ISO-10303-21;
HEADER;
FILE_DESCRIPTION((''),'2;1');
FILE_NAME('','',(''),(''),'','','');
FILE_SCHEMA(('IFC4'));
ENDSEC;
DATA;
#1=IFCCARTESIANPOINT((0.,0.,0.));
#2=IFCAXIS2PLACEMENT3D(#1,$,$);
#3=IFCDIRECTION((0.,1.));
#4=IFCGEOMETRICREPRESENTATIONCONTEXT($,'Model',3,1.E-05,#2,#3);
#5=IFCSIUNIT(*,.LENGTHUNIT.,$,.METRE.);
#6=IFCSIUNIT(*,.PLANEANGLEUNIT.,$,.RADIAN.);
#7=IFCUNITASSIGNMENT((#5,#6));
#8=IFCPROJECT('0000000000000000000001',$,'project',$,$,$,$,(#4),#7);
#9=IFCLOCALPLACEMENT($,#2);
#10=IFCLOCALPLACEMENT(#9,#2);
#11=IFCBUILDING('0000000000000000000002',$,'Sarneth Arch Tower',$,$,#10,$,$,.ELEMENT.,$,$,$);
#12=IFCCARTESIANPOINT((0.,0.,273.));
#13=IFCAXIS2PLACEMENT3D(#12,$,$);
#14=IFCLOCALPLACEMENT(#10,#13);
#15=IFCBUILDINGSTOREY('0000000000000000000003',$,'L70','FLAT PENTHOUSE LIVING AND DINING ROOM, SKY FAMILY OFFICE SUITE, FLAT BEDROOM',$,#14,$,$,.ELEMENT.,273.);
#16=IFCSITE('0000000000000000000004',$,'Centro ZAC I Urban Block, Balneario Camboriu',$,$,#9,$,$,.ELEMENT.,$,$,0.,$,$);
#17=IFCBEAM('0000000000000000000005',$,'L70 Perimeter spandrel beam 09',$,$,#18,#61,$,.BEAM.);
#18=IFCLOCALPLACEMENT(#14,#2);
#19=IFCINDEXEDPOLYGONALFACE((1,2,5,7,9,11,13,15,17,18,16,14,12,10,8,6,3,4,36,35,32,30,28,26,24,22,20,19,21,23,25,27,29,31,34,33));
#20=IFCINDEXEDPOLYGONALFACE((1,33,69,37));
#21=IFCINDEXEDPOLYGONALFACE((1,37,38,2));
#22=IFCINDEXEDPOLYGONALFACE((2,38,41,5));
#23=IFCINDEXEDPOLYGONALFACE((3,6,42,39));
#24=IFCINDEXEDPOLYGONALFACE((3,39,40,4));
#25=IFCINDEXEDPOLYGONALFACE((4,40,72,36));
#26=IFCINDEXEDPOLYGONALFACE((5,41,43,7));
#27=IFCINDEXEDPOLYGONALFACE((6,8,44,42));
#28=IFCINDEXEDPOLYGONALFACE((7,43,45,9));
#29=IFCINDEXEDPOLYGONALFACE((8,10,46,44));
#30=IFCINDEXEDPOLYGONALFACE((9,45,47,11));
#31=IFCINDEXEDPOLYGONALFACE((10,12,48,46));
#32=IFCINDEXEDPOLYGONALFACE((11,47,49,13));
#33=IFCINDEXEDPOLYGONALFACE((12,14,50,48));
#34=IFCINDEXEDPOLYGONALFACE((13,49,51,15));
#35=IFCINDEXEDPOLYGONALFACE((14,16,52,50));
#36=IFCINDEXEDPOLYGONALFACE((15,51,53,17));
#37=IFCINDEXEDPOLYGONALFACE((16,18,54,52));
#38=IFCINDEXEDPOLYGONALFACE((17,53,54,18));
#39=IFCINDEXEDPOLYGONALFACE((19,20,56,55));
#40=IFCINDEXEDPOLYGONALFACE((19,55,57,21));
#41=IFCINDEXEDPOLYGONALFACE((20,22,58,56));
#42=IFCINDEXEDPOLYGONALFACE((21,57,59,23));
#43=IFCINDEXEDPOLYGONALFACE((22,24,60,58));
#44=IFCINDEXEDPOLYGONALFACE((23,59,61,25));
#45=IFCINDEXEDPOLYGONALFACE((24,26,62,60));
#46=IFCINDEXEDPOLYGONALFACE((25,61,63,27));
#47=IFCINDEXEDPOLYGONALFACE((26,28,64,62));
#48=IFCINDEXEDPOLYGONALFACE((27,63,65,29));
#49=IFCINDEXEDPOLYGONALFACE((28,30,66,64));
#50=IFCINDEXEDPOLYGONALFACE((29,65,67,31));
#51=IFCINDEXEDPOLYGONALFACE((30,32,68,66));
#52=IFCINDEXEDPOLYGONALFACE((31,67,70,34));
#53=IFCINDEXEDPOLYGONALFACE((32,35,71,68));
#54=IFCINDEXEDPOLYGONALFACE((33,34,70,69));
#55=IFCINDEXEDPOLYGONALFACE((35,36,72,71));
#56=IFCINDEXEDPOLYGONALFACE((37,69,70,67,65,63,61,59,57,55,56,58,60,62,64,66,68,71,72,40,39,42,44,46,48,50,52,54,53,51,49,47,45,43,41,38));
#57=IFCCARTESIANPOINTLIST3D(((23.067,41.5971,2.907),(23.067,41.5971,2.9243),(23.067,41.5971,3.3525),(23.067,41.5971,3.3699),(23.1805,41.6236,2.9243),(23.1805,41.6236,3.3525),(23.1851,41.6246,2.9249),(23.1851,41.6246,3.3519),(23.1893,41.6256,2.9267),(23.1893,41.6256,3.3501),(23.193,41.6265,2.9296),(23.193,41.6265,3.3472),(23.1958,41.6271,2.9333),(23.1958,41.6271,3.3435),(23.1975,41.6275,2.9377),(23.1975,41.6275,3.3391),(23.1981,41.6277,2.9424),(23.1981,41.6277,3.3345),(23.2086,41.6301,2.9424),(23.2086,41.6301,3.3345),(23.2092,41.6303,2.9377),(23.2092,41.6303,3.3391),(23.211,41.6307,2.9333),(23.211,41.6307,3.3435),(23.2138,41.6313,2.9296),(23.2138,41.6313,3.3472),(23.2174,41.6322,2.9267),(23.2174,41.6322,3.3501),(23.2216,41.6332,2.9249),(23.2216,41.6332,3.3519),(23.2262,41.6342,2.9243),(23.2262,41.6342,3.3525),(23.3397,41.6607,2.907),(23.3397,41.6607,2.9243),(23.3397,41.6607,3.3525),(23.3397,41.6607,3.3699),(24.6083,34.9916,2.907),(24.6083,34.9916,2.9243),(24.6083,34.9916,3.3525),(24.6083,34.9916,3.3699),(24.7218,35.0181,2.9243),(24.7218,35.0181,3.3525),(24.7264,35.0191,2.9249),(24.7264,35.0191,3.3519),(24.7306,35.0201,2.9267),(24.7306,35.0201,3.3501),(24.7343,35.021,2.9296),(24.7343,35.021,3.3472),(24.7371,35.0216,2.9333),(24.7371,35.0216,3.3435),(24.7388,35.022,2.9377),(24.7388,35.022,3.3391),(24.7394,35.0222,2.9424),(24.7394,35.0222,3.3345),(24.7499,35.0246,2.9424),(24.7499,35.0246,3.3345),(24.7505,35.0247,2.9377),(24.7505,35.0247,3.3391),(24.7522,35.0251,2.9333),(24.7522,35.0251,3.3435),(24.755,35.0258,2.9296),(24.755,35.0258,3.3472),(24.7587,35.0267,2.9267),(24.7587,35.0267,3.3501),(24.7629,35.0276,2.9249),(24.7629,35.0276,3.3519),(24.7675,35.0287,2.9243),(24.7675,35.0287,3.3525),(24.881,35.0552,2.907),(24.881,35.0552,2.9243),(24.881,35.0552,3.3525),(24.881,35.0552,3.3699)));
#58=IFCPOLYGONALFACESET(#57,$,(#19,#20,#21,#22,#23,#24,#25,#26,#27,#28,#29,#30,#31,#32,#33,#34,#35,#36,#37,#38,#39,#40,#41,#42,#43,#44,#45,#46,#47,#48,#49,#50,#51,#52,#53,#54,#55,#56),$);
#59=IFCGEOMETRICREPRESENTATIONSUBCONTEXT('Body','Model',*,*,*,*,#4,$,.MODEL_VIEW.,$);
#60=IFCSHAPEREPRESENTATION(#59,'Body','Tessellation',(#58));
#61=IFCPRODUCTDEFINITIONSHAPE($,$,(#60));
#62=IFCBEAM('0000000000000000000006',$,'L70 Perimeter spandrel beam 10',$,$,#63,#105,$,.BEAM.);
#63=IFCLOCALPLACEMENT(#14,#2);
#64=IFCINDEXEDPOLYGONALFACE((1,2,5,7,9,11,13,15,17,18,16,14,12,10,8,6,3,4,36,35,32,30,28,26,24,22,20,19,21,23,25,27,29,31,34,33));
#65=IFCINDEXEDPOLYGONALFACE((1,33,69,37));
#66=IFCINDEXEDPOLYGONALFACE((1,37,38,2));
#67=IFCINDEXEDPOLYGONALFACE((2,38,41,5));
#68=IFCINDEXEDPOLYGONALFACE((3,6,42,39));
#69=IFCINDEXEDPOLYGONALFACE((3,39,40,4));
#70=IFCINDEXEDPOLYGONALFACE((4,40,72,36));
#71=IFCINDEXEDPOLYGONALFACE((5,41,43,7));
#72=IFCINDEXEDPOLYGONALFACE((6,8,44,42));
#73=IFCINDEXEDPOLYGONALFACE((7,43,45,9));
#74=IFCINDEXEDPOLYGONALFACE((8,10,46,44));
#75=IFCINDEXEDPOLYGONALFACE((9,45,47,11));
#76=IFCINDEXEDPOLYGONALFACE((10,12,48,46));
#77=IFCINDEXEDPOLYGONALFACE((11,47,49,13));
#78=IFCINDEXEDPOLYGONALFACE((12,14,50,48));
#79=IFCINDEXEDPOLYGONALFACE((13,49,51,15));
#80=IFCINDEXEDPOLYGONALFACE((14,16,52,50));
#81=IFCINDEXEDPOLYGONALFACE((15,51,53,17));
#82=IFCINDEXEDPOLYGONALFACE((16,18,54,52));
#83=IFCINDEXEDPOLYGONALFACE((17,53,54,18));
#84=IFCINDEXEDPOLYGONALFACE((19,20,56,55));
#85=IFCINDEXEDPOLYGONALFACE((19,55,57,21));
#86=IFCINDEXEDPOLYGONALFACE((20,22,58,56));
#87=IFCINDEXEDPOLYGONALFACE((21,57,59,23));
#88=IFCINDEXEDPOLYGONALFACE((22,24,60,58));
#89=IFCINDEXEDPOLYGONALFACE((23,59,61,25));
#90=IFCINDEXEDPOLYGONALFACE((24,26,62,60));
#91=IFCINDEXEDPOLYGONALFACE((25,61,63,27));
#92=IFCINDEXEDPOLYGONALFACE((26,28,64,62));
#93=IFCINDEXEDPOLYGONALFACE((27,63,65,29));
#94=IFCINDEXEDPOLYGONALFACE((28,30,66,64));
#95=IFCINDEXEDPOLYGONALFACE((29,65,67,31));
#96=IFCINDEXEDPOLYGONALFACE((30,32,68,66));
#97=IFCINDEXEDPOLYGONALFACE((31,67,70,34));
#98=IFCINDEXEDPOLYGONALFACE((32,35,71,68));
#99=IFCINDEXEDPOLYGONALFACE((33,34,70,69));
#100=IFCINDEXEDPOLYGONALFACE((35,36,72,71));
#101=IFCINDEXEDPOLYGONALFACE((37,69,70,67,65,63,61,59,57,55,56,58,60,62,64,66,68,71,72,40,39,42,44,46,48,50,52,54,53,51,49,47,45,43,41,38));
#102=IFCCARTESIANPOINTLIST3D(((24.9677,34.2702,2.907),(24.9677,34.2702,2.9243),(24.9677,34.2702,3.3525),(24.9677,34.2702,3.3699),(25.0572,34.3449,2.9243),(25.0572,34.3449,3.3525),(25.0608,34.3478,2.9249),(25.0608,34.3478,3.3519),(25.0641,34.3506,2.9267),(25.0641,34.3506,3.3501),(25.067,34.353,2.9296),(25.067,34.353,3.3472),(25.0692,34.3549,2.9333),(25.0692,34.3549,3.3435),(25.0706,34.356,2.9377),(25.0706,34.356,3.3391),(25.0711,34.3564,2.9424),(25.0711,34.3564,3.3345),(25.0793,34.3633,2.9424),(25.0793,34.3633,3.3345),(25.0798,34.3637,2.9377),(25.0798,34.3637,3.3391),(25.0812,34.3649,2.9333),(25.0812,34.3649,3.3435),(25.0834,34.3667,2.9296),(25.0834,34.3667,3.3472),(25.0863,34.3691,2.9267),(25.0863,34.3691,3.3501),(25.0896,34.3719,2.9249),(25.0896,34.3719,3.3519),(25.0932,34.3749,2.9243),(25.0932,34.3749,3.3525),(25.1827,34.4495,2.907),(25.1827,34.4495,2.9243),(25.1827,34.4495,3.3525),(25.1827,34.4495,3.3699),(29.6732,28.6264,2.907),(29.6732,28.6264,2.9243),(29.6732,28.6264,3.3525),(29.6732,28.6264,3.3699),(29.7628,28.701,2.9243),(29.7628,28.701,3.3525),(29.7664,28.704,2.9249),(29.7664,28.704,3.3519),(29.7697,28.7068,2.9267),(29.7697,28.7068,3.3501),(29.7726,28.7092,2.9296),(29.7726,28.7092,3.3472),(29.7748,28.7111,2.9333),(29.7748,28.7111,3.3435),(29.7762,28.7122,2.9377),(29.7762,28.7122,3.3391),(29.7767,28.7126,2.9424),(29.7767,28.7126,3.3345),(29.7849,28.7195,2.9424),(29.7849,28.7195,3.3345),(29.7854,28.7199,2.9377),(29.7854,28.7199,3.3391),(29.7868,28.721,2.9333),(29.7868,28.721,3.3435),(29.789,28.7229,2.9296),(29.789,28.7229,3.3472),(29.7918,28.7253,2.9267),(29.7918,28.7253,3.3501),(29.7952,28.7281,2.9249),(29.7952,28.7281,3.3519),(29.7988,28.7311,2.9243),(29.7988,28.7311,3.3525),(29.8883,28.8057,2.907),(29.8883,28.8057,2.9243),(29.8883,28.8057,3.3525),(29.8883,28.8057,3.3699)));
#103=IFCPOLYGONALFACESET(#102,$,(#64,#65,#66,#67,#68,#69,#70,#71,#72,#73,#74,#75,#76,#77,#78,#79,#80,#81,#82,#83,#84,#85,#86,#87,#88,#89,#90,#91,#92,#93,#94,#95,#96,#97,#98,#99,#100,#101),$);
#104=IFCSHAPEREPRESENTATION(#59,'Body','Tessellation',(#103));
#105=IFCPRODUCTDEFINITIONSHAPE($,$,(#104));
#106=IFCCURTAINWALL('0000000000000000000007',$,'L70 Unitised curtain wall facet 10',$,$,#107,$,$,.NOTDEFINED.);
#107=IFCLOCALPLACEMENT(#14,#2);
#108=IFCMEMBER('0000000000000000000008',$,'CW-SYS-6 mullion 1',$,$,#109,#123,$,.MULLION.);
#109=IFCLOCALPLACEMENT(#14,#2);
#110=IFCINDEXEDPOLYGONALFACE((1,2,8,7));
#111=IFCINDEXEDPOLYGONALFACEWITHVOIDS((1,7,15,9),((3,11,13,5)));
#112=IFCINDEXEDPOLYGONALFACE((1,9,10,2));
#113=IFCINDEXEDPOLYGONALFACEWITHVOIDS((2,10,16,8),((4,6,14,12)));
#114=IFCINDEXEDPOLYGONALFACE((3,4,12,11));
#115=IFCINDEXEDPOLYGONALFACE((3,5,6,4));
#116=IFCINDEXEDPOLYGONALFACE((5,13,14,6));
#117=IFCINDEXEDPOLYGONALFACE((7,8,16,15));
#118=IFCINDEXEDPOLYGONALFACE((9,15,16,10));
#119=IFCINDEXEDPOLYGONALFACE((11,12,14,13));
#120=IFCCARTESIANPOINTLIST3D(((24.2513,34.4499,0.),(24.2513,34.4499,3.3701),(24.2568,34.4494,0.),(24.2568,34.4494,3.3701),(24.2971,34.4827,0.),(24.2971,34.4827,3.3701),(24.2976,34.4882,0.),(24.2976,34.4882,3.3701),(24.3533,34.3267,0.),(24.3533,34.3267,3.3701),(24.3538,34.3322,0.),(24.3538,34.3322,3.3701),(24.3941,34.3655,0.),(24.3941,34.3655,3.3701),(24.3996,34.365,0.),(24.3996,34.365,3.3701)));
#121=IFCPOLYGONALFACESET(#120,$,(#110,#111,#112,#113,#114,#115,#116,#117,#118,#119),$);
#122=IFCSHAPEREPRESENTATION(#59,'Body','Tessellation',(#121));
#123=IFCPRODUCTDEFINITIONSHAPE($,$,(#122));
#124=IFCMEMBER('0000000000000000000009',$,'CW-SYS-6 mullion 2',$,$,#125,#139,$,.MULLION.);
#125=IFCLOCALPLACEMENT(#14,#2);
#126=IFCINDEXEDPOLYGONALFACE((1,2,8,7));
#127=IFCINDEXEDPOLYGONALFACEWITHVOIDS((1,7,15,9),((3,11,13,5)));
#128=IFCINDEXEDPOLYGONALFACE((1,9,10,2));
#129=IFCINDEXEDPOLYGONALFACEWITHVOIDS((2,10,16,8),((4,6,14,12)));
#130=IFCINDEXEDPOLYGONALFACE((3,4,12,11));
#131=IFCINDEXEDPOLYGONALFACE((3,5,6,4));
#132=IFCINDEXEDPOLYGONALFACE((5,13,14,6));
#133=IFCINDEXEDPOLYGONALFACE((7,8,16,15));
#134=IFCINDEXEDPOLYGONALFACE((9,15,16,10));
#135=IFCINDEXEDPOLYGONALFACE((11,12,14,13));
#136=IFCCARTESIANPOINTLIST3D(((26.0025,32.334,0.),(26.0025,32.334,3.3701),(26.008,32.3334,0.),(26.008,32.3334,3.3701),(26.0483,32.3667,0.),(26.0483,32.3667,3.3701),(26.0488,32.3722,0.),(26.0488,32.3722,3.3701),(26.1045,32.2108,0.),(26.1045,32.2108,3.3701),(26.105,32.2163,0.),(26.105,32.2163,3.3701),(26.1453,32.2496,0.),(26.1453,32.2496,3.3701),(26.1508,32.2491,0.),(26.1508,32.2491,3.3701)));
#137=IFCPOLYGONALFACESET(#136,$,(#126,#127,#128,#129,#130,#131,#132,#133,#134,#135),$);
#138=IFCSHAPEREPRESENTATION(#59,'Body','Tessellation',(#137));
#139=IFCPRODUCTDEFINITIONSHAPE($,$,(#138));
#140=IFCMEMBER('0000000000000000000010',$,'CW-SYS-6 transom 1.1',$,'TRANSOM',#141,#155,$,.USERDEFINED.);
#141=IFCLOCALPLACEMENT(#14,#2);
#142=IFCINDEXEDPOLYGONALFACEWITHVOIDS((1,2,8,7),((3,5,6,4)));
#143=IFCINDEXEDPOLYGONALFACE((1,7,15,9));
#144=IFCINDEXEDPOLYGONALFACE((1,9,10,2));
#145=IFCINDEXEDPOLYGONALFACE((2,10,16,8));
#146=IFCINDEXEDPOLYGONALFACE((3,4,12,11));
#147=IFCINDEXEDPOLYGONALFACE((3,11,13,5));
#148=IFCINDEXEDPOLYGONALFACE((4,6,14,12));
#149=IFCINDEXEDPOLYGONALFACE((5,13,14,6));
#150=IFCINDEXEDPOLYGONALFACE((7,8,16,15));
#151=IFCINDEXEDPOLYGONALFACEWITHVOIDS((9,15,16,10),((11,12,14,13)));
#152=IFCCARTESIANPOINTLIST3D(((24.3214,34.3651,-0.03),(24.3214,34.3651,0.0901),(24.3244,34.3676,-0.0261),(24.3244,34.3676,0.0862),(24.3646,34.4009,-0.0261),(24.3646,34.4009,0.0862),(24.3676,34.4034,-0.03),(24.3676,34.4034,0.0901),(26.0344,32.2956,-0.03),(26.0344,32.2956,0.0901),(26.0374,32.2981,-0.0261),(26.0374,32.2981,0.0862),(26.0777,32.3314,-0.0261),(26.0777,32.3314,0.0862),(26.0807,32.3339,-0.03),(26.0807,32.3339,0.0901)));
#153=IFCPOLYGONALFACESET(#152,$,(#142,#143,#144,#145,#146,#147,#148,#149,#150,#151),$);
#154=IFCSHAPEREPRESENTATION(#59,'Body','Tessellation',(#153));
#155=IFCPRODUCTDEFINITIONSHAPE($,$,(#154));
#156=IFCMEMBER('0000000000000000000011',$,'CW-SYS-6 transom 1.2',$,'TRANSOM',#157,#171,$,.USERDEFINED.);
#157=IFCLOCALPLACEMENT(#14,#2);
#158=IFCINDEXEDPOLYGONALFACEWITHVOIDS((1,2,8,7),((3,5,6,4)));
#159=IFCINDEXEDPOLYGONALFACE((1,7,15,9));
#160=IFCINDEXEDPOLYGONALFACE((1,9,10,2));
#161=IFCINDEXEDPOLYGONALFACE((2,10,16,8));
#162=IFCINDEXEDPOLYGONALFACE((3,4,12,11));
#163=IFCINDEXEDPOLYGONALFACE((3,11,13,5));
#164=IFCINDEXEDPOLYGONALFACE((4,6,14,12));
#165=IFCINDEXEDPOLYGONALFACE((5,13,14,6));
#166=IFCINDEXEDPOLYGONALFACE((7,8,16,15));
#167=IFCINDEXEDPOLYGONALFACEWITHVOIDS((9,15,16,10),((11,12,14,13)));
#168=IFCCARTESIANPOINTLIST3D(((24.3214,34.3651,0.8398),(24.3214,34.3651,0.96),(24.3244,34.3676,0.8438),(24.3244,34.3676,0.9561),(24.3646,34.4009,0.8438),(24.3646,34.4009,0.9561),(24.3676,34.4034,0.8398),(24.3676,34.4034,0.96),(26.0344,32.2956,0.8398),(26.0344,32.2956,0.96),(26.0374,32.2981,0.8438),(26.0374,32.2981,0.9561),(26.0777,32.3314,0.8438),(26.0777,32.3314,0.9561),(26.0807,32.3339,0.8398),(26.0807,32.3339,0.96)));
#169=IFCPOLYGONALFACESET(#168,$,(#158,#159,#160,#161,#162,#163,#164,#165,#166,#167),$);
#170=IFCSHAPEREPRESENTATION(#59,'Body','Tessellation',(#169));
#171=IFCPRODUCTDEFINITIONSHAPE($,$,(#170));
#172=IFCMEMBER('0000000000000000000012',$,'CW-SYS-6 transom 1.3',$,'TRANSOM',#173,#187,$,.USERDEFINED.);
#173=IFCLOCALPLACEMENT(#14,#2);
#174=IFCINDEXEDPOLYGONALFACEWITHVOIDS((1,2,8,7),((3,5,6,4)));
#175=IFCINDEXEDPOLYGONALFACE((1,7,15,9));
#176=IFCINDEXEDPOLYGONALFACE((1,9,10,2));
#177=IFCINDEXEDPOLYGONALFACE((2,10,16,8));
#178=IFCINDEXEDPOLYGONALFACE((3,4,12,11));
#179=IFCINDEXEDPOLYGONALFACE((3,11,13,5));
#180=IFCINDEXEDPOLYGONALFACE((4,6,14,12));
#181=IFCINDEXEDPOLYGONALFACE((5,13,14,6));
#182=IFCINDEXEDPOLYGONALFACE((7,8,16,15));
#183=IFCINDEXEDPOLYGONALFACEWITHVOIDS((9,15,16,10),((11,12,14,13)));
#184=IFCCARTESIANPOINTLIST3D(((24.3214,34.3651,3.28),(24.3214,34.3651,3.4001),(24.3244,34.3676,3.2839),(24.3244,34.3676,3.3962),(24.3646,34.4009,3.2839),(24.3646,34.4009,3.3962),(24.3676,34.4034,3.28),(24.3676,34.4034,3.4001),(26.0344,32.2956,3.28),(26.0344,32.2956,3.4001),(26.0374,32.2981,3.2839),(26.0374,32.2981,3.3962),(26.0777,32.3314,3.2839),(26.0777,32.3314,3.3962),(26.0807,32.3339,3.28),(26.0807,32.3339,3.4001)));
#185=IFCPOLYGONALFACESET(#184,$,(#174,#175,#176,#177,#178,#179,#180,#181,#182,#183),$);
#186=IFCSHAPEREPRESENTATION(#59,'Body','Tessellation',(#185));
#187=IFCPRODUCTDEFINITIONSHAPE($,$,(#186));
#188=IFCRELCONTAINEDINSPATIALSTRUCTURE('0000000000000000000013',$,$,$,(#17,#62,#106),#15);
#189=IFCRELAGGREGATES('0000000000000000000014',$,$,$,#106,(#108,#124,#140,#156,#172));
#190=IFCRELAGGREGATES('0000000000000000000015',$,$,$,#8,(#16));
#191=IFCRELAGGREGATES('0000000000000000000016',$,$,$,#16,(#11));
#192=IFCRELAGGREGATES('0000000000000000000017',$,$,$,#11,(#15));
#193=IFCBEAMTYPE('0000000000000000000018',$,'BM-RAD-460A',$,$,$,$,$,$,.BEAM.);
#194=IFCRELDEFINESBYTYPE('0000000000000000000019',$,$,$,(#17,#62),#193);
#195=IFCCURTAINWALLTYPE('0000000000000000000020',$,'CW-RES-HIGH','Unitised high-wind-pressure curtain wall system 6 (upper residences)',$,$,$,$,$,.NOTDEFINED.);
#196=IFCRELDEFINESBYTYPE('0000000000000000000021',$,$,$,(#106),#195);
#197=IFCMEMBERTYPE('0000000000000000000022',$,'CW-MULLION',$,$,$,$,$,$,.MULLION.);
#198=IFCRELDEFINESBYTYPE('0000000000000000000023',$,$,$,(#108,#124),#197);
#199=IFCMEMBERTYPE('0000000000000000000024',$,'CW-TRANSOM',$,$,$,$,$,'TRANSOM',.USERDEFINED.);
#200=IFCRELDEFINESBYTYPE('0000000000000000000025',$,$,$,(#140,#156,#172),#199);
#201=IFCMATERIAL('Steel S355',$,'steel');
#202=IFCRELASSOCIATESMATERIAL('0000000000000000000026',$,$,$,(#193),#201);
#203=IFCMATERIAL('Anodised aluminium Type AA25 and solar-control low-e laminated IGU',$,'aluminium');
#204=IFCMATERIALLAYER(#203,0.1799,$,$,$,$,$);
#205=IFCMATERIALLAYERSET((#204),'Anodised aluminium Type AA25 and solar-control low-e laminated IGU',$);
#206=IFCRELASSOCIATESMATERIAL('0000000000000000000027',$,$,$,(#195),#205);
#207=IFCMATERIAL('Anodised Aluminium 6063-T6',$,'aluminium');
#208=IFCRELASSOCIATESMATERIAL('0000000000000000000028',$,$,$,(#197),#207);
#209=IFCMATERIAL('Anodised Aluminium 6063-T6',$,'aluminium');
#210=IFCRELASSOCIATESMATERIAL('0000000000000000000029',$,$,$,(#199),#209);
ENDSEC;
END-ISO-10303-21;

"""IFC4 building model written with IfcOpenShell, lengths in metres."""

from ifc_helpers import new_model, si_unit, direction, frame, origin, origin_2d, place, context, subcontext, project, spatial, hollow_rectangle, i_section, extrude, material, layer, layer_set, material_profile, profile_set, type_object, element, aggregate, save


model = new_model("IFC4")

# Units and contexts
model_context = context("Model", 3, precision=1e-05, world=origin(), true_north=direction((0.0, 1.0)))
body_context = subcontext(model_context, "Body", "Model", "MODEL_VIEW")
ifc_project = project(units=[si_unit("LENGTHUNIT", "METRE"), si_unit("PLANEANGLEUNIT", "RADIAN")], contexts=[model_context])

# Site, building, storey
site_placement = place(None, origin())
site = spatial("IfcSite", under=ifc_project, at=site_placement, Name="Centro ZAC I Urban Block, Balneario Camboriu", CompositionType="ELEMENT", RefElevation=0.0)
building_placement = place(site_placement, origin())
building = spatial("IfcBuilding", under=site, at=building_placement, Name="Sarneth Arch Tower", CompositionType="ELEMENT")
storey_placement = place(building_placement, frame((0.0, 0.0, 273.0)))
storey = spatial("IfcBuildingStorey", under=building, at=storey_placement, Name="L70", Description="FLAT PENTHOUSE LIVING AND DINING ROOM, SKY FAMILY OFFICE SUITE, FLAT BEDROOM", CompositionType="ELEMENT", Elevation=273.0)

# Beams
ifc_material_1 = material(Name="Steel S355", Category="steel")
ifc_material_profile_1 = material_profile(ifc_material_1, i_section(OverallWidth=0.28, OverallDepth=0.4629, WebThickness=0.0107, FlangeThickness=0.0173, FilletRadius=0.0181, at=origin_2d()), Name="W460x113")
ifc_profile_set_1 = profile_set([ifc_material_profile_1], Name="Steel S355")
beam_type_1 = type_object("IfcBeamType", Name="BM-RAD-460A", PredefinedType="BEAM", material=ifc_profile_set_1)
beam_1_placement = place(storey_placement, frame((23.2034, 41.6289, 3.1384), z_axis=(0.227227, -0.973842, 0.0), x_axis=(0.973842, 0.227227, 0.0)))
element("IfcBeam", 1, at=beam_1_placement, inside=storey, type_object=beam_type_1, Name="L70 Perimeter spandrel beam 09", PredefinedType="BEAM", context=body_context, shape_type="SweptSolid", body=[
    extrude(i_section(OverallWidth=0.28, OverallDepth=0.4629, WebThickness=0.0107, FlangeThickness=0.0173, FilletRadius=0.0181, at=origin_2d()), origin(), (0.0, 0.0, 1.0), 6.783),
])
beam_2_placement = place(storey_placement, frame((25.0752, 34.3599, 3.1384), z_axis=(0.640377, -0.768061, 0.0), x_axis=(0.768061, 0.640377, 0.0)))
element("IfcBeam", 2, at=beam_2_placement, inside=storey, type_object=beam_type_1, Name="L70 Perimeter spandrel beam 10", PredefinedType="BEAM", context=body_context, shape_type="SweptSolid", body=[
    extrude(i_section(OverallWidth=0.28, OverallDepth=0.4629, WebThickness=0.0107, FlangeThickness=0.0173, FilletRadius=0.0181, at=origin_2d()), origin(), (0.0, 0.0, 1.0), 7.3481),
])

# Curtain wall, members
ifc_material_2 = material(Name="Anodised aluminium Type AA25 and solar-control low-e laminated IGU", Category="aluminium")
ifc_layer_1 = layer(ifc_material_2, 0.1799)
ifc_layer_set_1 = layer_set([ifc_layer_1], Name="Anodised aluminium Type AA25 and solar-control low-e laminated IGU")
curtain_wall_type = type_object("IfcCurtainWallType", Name="CW-RES-HIGH", Description="Unitised high-wind-pressure curtain wall system 6 (upper residences)", PredefinedType="NOTDEFINED", material=ifc_layer_set_1)
curtain_wall_placement = place(storey_placement, origin())
curtain_wall = element("IfcCurtainWall", 3, at=curtain_wall_placement, inside=storey, type_object=curtain_wall_type, Name="L70 Unitised curtain wall facet 10", PredefinedType="NOTDEFINED")
ifc_material_3 = material(Name="Anodised Aluminium 6063-T6", Category="aluminium")
ifc_material_profile_2 = material_profile(ifc_material_3, hollow_rectangle(XDim=0.0601, YDim=0.1599, WallThickness=0.0039, at=origin_2d()), Name="AL-MULL-160x60x4")
ifc_profile_set_2 = profile_set([ifc_material_profile_2], Name="Anodised Aluminium 6063-T6")
member_type_1 = type_object("IfcMemberType", Name="CW-MULLION", PredefinedType="MULLION", material=ifc_profile_set_2)
member_1_placement = place(storey_placement, frame((24.3254, 34.4075, 0.0), z_axis=(0.0, 0.0, 1.0), x_axis=(0.770359, 0.63761, 0.0)))
member_1 = element("IfcMember", 4, at=member_1_placement, type_object=member_type_1, Name="CW-SYS-6 mullion 1", PredefinedType="MULLION", context=body_context, shape_type="SweptSolid", body=[
    extrude(hollow_rectangle(XDim=0.0601, YDim=0.1599, WallThickness=0.0039, at=origin_2d()), origin(), (0.0, 0.0, 1.0), 3.3701),
])
member_2_placement = place(storey_placement, frame((26.0767, 32.2915, 0.0), z_axis=(0.0, 0.0, 1.0), x_axis=(0.770359, 0.63761, 0.0)))
member_2 = element("IfcMember", 5, at=member_2_placement, type_object=member_type_1, Name="CW-SYS-6 mullion 2", PredefinedType="MULLION", context=body_context, shape_type="SweptSolid", body=[
    extrude(hollow_rectangle(XDim=0.0601, YDim=0.1599, WallThickness=0.0039, at=origin_2d()), origin(), (0.0, 0.0, 1.0), 3.3701),
])
ifc_material_4 = material(Name="Anodised Aluminium 6063-T6", Category="aluminium")
ifc_material_profile_3 = material_profile(ifc_material_4, hollow_rectangle(XDim=0.0601, YDim=0.1201, WallThickness=0.0039, at=origin_2d()), Name="AL-TRAN-120x60x4")
ifc_profile_set_3 = profile_set([ifc_material_profile_3], Name="Anodised Aluminium 6063-T6")
member_type_2 = type_object("IfcMemberType", Name="CW-TRANSOM", ElementType="TRANSOM", PredefinedType="USERDEFINED", material=ifc_profile_set_3)
member_3_placement = place(storey_placement, frame((24.3445, 34.3843, 0.03), z_axis=(0.637651, -0.770325, 0.0), x_axis=(0.770325, 0.637651, 0.0)))
member_3 = element("IfcMember", 6, at=member_3_placement, type_object=member_type_2, Name="CW-SYS-6 transom 1.1", ObjectType="TRANSOM", PredefinedType="USERDEFINED", context=body_context, shape_type="SweptSolid", body=[
    extrude(hollow_rectangle(XDim=0.0601, YDim=0.1201, WallThickness=0.0039, at=origin_2d()), origin(), (0.0, 0.0, 1.0), 2.6865),
])
member_4_placement = place(storey_placement, frame((24.3445, 34.3843, 0.8999), z_axis=(0.637651, -0.770325, 0.0), x_axis=(0.770325, 0.637651, 0.0)))
member_4 = element("IfcMember", 7, at=member_4_placement, type_object=member_type_2, Name="CW-SYS-6 transom 1.2", ObjectType="TRANSOM", PredefinedType="USERDEFINED", context=body_context, shape_type="SweptSolid", body=[
    extrude(hollow_rectangle(XDim=0.0601, YDim=0.1201, WallThickness=0.0039, at=origin_2d()), origin(), (0.0, 0.0, 1.0), 2.6865),
])
member_5_placement = place(storey_placement, frame((24.3445, 34.3843, 3.3401), z_axis=(0.637651, -0.770325, 0.0), x_axis=(0.770325, 0.637651, 0.0)))
member_5 = element("IfcMember", 8, at=member_5_placement, type_object=member_type_2, Name="CW-SYS-6 transom 1.3", ObjectType="TRANSOM", PredefinedType="USERDEFINED", context=body_context, shape_type="SweptSolid", body=[
    extrude(hollow_rectangle(XDim=0.0601, YDim=0.1201, WallThickness=0.0039, at=origin_2d()), origin(), (0.0, 0.0, 1.0), 2.6865),
])
aggregate(curtain_wall, [member_1, member_2, member_3, member_4, member_5])

save(model, "model.ifc")
